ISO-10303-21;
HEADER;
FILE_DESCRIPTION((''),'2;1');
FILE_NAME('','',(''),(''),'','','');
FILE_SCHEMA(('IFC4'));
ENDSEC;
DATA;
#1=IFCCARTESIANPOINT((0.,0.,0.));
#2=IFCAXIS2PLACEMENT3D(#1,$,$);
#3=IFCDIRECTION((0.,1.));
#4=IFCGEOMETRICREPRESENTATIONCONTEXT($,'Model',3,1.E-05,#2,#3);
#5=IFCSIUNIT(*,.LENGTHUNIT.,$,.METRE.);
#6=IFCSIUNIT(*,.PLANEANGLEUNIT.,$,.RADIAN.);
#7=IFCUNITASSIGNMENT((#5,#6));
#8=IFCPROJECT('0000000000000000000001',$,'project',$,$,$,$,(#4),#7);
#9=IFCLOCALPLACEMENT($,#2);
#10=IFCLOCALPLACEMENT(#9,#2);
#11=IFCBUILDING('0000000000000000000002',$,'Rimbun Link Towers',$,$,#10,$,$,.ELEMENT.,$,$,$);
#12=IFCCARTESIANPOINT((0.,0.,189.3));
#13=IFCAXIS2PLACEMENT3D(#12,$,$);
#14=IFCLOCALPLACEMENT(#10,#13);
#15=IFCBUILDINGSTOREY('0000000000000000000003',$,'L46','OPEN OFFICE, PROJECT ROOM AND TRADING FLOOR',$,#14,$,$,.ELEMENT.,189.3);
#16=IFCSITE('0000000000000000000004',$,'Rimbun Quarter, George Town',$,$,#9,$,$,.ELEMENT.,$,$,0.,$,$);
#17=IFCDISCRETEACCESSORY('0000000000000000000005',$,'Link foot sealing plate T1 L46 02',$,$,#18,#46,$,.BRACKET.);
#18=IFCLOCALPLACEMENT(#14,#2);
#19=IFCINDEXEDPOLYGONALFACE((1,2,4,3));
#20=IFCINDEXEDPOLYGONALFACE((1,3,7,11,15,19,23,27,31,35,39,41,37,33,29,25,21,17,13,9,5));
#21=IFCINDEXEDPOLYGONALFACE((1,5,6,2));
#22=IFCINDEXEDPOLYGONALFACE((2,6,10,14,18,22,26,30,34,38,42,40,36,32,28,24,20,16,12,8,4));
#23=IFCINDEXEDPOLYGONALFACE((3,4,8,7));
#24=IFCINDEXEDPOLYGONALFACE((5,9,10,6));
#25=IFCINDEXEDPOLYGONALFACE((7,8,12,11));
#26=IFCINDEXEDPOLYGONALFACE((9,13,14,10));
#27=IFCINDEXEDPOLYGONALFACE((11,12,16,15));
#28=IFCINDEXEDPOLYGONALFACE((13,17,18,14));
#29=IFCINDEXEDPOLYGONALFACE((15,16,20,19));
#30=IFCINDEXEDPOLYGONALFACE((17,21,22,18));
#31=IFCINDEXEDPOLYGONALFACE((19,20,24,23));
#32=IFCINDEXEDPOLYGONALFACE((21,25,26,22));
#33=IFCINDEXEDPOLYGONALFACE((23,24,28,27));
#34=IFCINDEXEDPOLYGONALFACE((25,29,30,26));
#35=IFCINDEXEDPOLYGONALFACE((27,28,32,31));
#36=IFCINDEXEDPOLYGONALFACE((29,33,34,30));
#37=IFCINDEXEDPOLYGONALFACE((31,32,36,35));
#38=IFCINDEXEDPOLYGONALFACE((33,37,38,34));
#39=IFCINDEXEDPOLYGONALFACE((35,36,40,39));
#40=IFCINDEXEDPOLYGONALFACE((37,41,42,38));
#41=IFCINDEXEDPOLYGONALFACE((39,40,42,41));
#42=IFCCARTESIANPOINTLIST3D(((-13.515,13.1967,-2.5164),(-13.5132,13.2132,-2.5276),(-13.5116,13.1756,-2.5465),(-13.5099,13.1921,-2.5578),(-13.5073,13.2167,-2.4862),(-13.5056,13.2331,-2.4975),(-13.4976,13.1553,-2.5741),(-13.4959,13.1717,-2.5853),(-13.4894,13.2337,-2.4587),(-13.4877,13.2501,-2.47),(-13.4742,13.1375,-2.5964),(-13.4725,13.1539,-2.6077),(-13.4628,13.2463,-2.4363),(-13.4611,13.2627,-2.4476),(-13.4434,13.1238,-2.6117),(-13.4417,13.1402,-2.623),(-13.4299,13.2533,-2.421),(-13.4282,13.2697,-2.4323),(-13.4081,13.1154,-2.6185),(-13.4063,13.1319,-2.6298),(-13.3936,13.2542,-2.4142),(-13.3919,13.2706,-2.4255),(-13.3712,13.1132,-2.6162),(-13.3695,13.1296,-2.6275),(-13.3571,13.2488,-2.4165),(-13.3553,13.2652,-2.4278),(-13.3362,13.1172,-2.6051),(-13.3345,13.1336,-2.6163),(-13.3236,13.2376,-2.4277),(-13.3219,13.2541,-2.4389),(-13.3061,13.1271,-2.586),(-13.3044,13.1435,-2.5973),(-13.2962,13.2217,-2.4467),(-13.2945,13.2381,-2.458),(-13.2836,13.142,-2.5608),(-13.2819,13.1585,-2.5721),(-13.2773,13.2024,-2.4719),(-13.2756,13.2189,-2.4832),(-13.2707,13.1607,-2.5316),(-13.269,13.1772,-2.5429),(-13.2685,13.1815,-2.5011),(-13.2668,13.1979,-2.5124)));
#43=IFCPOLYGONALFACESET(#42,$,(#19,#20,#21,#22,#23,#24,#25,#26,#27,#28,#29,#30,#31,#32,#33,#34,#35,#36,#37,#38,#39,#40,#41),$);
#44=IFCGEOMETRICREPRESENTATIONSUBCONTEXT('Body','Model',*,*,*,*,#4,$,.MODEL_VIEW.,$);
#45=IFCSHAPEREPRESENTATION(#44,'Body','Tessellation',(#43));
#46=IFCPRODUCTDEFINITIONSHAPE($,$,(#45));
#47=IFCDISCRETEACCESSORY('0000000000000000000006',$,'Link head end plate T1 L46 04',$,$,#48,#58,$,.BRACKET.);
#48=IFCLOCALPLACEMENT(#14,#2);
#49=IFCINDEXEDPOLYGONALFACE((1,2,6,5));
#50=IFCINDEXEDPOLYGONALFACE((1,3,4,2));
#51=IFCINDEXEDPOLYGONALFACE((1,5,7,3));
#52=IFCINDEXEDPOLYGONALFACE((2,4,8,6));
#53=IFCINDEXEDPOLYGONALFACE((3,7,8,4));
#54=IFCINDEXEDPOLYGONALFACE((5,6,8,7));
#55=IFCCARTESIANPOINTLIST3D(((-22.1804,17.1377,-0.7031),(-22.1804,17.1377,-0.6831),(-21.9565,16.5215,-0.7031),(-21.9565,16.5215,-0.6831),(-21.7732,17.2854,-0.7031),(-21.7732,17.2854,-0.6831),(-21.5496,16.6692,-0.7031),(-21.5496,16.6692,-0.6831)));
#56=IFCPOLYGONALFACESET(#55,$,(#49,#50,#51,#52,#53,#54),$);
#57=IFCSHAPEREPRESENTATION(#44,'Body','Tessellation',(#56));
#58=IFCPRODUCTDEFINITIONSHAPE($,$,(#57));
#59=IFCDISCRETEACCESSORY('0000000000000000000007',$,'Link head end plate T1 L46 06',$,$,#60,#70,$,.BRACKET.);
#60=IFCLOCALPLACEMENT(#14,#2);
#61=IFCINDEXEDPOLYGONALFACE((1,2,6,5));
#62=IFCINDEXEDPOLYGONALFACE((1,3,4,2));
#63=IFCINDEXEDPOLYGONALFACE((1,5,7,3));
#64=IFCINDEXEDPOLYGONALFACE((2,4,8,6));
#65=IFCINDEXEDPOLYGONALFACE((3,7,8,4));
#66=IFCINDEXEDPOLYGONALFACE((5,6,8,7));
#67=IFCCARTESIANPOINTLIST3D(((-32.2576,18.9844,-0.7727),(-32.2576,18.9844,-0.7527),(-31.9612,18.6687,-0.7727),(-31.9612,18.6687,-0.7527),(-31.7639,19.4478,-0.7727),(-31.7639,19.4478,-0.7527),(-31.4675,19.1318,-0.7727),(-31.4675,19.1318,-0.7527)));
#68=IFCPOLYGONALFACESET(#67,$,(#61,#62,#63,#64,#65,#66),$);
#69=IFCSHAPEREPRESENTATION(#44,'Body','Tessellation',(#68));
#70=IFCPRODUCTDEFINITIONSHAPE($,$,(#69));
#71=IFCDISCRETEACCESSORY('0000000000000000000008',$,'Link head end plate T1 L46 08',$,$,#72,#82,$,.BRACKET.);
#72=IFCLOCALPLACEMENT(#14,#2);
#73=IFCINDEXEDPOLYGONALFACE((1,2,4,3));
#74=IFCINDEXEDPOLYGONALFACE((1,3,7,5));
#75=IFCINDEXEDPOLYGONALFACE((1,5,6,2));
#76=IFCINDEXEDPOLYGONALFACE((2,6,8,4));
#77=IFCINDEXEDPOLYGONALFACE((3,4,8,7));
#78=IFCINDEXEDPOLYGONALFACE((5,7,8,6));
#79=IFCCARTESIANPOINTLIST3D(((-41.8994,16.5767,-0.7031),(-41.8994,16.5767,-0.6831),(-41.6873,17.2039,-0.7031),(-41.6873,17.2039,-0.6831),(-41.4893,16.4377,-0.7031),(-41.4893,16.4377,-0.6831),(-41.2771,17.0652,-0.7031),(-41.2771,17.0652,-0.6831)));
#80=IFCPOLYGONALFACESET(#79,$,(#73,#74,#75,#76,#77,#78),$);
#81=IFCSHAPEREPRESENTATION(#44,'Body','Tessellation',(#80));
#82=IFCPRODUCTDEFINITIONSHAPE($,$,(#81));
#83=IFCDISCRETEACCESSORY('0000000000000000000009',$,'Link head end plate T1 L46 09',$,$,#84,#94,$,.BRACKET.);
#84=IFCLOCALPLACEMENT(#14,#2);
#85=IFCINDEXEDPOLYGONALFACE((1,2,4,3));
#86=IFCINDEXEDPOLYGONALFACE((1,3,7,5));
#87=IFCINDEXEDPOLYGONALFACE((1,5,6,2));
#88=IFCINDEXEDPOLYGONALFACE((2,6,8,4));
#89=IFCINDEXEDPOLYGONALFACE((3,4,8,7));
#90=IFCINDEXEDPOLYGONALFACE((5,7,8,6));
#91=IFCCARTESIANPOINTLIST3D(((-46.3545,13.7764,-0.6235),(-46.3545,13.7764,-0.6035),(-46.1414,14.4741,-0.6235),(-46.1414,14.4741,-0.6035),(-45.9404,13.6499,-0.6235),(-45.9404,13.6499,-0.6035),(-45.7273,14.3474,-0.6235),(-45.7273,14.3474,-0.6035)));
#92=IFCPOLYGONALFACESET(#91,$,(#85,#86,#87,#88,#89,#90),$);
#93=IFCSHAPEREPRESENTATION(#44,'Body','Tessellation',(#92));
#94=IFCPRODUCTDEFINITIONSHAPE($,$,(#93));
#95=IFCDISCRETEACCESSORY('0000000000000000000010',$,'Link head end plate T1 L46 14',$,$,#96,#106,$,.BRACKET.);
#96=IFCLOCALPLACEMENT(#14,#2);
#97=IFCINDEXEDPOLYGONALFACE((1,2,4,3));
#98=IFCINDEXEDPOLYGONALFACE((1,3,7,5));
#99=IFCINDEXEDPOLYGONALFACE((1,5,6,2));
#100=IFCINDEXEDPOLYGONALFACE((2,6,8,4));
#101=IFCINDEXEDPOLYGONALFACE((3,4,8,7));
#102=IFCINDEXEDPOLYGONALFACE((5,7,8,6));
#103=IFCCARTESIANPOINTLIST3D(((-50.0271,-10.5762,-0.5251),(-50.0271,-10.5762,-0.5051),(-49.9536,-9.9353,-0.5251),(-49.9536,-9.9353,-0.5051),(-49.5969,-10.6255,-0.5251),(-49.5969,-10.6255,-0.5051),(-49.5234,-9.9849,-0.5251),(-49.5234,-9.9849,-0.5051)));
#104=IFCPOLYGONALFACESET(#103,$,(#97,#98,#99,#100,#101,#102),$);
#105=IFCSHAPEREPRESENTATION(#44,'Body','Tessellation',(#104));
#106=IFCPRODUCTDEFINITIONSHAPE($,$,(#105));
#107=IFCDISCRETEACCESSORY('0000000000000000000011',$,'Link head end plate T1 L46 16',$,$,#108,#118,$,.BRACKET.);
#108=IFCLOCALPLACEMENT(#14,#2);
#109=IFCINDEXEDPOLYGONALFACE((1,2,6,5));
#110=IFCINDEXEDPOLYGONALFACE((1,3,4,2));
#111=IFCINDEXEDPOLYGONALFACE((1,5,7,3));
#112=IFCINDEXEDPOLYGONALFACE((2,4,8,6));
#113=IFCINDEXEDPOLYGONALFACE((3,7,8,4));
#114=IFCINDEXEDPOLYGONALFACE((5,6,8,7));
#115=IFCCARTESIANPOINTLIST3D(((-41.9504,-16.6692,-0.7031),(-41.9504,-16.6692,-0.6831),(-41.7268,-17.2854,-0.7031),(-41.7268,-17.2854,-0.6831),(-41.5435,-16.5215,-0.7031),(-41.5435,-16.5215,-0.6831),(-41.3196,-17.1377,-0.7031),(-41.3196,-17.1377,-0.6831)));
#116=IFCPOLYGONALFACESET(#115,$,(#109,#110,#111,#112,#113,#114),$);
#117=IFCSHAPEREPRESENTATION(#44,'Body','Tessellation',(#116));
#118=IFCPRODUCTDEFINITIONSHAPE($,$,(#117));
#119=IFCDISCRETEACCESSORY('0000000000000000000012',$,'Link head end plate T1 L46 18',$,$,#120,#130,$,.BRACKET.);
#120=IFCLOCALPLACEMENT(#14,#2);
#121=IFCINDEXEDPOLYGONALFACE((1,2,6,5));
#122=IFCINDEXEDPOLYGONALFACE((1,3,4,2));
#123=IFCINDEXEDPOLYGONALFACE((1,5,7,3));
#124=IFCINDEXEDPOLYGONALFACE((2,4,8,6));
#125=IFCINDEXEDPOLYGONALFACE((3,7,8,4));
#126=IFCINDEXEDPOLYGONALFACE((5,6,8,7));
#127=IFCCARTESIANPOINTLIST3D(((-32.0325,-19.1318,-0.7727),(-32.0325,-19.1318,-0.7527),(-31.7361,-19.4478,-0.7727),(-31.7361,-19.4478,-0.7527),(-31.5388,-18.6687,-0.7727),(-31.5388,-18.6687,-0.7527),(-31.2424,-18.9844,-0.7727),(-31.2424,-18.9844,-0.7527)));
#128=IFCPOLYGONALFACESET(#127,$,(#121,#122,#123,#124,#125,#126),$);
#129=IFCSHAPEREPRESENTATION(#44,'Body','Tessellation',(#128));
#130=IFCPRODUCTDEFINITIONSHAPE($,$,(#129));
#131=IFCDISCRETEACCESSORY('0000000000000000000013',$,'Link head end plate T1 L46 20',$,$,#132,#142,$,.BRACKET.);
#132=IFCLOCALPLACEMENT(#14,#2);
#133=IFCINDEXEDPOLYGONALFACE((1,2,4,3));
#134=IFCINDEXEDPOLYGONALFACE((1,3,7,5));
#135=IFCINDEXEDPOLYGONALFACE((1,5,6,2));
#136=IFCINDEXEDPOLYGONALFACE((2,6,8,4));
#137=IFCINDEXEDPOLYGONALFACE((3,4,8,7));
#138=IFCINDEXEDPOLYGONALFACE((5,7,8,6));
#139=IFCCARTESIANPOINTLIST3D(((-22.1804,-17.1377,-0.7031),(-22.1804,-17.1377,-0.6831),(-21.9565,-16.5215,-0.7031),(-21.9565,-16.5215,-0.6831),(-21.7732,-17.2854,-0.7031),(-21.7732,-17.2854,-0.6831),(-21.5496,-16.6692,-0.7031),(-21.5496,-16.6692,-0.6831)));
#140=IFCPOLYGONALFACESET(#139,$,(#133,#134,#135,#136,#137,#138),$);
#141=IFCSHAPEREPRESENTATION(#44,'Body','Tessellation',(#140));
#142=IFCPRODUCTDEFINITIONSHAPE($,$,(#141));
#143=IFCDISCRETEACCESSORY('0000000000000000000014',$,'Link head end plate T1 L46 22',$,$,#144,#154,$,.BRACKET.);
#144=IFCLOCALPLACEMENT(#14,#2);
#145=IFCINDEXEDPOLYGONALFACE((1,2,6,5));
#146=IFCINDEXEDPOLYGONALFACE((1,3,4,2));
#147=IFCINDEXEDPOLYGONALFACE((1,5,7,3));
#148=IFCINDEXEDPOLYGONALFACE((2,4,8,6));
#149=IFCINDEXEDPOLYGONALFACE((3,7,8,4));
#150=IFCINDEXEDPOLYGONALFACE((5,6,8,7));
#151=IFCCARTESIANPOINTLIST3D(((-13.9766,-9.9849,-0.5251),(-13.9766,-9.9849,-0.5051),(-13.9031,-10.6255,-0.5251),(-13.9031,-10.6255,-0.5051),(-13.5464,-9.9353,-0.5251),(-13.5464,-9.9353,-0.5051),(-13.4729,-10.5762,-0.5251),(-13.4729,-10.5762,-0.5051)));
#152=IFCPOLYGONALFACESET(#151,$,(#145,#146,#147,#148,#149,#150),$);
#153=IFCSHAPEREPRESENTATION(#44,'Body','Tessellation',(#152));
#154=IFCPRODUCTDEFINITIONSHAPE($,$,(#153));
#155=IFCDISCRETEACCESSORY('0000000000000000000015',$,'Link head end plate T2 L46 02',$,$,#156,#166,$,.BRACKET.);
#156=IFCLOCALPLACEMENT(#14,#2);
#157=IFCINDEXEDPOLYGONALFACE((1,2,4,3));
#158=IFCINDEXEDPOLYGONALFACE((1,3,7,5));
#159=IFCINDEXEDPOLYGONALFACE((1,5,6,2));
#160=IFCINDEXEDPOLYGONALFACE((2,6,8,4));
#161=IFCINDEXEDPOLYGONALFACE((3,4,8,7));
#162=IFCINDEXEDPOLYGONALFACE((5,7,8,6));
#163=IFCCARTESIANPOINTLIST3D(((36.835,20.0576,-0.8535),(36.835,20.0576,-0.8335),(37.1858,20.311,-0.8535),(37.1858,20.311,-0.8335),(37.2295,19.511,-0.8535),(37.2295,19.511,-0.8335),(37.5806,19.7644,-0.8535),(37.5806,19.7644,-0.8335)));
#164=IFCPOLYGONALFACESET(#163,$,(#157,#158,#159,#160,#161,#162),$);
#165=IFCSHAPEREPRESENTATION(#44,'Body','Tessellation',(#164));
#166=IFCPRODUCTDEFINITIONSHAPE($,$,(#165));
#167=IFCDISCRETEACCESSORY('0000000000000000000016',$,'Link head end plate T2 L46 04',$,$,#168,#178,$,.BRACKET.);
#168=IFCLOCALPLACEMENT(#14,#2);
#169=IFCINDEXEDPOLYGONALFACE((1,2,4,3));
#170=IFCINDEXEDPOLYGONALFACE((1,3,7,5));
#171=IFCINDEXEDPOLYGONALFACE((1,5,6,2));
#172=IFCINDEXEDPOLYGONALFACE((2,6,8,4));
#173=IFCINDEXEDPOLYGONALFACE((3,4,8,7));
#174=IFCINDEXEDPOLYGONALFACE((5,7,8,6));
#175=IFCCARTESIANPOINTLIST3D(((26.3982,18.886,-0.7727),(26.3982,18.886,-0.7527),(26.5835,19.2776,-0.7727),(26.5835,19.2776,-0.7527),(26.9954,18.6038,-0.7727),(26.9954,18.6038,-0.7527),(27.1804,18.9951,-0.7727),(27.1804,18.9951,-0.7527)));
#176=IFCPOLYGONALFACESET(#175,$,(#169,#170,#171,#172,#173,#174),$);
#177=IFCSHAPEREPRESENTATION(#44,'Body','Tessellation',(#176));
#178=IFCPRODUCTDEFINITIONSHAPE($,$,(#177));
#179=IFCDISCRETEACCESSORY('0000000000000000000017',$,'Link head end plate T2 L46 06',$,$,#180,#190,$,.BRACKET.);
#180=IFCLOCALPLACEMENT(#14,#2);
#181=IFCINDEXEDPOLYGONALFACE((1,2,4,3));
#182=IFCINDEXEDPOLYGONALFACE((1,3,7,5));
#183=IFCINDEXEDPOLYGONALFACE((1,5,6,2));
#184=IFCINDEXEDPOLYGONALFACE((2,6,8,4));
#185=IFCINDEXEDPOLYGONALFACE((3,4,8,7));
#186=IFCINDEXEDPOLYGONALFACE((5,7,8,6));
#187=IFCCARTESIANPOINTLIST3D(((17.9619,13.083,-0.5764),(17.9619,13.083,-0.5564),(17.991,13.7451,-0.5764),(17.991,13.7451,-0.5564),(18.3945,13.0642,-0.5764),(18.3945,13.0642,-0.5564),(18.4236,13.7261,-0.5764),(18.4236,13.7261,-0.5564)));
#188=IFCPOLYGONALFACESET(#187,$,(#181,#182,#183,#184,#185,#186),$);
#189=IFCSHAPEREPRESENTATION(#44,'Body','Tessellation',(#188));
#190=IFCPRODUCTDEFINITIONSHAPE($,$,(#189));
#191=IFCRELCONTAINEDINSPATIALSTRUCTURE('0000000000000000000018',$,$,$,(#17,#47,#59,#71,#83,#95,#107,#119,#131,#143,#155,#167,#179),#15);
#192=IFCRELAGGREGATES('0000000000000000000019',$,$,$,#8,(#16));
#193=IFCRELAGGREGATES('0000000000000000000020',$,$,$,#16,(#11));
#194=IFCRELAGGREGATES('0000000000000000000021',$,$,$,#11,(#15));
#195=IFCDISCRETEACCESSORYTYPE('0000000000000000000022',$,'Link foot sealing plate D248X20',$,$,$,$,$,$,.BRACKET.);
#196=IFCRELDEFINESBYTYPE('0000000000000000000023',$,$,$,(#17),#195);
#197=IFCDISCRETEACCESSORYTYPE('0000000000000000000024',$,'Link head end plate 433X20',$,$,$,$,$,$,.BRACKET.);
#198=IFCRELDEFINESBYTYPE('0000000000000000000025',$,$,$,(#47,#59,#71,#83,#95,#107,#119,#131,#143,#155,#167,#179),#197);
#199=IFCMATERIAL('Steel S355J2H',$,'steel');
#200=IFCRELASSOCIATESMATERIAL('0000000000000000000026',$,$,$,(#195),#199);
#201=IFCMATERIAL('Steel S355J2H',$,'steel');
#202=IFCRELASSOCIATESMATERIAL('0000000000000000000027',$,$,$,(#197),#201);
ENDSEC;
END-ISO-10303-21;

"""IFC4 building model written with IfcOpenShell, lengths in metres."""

from ifc_helpers import new_model, si_unit, direction, frame, origin, origin_2d, place, context, subcontext, project, spatial, polyline, rectangle, circle, outline, extrude, material, material_profile, profile_set, type_object, element, save


model = new_model("IFC4")

# Units and contexts
model_context = context("Model", 3, precision=1e-05, world=origin(), true_north=direction((0.0, 1.0)))
body_context = subcontext(model_context, "Body", "Model", "MODEL_VIEW")
ifc_project = project(units=[si_unit("LENGTHUNIT", "METRE"), si_unit("PLANEANGLEUNIT", "RADIAN")], contexts=[model_context])

# Site, building, storey
site_placement = place(None, origin())
site = spatial("IfcSite", under=ifc_project, at=site_placement, Name="Rimbun Quarter, George Town", CompositionType="ELEMENT", RefElevation=0.0)
building_placement = place(site_placement, origin())
building = spatial("IfcBuilding", under=site, at=building_placement, Name="Rimbun Link Towers", CompositionType="ELEMENT")
storey_placement = place(building_placement, frame((0.0, 0.0, 189.3)))
storey = spatial("IfcBuildingStorey", under=building, at=storey_placement, Name="L46", Description="OPEN OFFICE, PROJECT ROOM AND TRADING FLOOR", CompositionType="ELEMENT", Elevation=189.3)

# Discrete accessories
ifc_material_1 = material(Name="Steel S355J2H", Category="steel")
ifc_material_profile_1 = material_profile(ifc_material_1, circle(Radius=0.124, at=origin_2d()), Name="PL D248")
ifc_profile_set_1 = profile_set([ifc_material_profile_1], Name="Steel S355J2H")
discrete_accessory_type_1 = type_object("IfcDiscreteAccessoryType", Name="Link foot sealing plate D248X20", PredefinedType="BRACKET", material=ifc_profile_set_1)
discrete_accessory_1_placement = place(storey_placement, frame((-13.3916, 13.1838, -2.5164), z_axis=(0.085814, 0.82136, -0.563919), x_axis=(-0.994586, 0.103912, 0.0)))
element("IfcDiscreteAccessory", 1, at=discrete_accessory_1_placement, inside=storey, type_object=discrete_accessory_type_1, Name="Link foot sealing plate T1 L46 02", PredefinedType="BRACKET", context=body_context, shape_type="SweptSolid", body=[
    extrude(circle(Radius=0.124, at=origin_2d()), origin(), (0.0, 0.0, 1.0), 0.02),
])
ifc_material_2 = material(Name="Steel S355J2H", Category="steel")
ifc_material_profile_2 = material_profile(ifc_material_2, rectangle(XDim=0.4331, YDim=0.4331, at=origin_2d()), Name="PL 433x433")
ifc_profile_set_2 = profile_set([ifc_material_profile_2], Name="Steel S355J2H")
discrete_accessory_type_2 = type_object("IfcDiscreteAccessoryType", Name="Link head end plate 433X20", PredefinedType="BRACKET", material=ifc_profile_set_2)
discrete_accessory_2_placement = place(storey_placement, frame((0.0, 0.0, -0.7031)))
element("IfcDiscreteAccessory", 2, at=discrete_accessory_2_placement, inside=storey, type_object=discrete_accessory_type_2, Name="Link head end plate T1 L46 04", PredefinedType="BRACKET", context=body_context, shape_type="SweptSolid", body=[
    extrude(outline(polyline([(-21.5496, 16.6692), (-21.7732, 17.2854), (-22.1804, 17.1377), (-21.9565, 16.5215), (-21.5496, 16.6692)])), origin(), (0.0, 0.0, 1.0), 0.02),
])
discrete_accessory_3_placement = place(storey_placement, frame((0.0, 0.0, -0.7727)))
element("IfcDiscreteAccessory", 3, at=discrete_accessory_3_placement, inside=storey, type_object=discrete_accessory_type_2, Name="Link head end plate T1 L46 06", PredefinedType="BRACKET", context=body_context, shape_type="SweptSolid", body=[
    extrude(outline(polyline([(-31.9612, 18.6687), (-31.4675, 19.1318), (-31.7639, 19.4478), (-32.2576, 18.9844), (-31.9612, 18.6687)])), origin(), (0.0, 0.0, 1.0), 0.02),
])
discrete_accessory_4_placement = place(storey_placement, frame((0.0, 0.0, -0.7031)))
element("IfcDiscreteAccessory", 4, at=discrete_accessory_4_placement, inside=storey, type_object=discrete_accessory_type_2, Name="Link head end plate T1 L46 08", PredefinedType="BRACKET", context=body_context, shape_type="SweptSolid", body=[
    extrude(outline(polyline([(-41.4893, 16.4377), (-41.2771, 17.0652), (-41.6873, 17.2039), (-41.8994, 16.5767), (-41.4893, 16.4377)])), origin(), (0.0, 0.0, 1.0), 0.02),
])
discrete_accessory_5_placement = place(storey_placement, frame((0.0, 0.0, -0.6235)))
element("IfcDiscreteAccessory", 5, at=discrete_accessory_5_placement, inside=storey, type_object=discrete_accessory_type_2, Name="Link head end plate T1 L46 09", PredefinedType="BRACKET", context=body_context, shape_type="SweptSolid", body=[
    extrude(outline(polyline([(-45.9404, 13.6499), (-45.7273, 14.3474), (-46.1414, 14.4741), (-46.3545, 13.7764), (-45.9404, 13.6499)])), origin(), (0.0, 0.0, 1.0), 0.02),
])
discrete_accessory_6_placement = place(storey_placement, frame((0.0, 0.0, -0.5251)))
element("IfcDiscreteAccessory", 6, at=discrete_accessory_6_placement, inside=storey, type_object=discrete_accessory_type_2, Name="Link head end plate T1 L46 14", PredefinedType="BRACKET", context=body_context, shape_type="SweptSolid", body=[
    extrude(outline(polyline([(-49.9536, -9.9353), (-50.0271, -10.5762), (-49.5969, -10.6255), (-49.5234, -9.9849), (-49.9536, -9.9353)])), origin(), (0.0, 0.0, 1.0), 0.02),
])
discrete_accessory_7_placement = place(storey_placement, frame((0.0, 0.0, -0.7031)))
element("IfcDiscreteAccessory", 7, at=discrete_accessory_7_placement, inside=storey, type_object=discrete_accessory_type_2, Name="Link head end plate T1 L46 16", PredefinedType="BRACKET", context=body_context, shape_type="SweptSolid", body=[
    extrude(outline(polyline([(-41.9504, -16.6692), (-41.7268, -17.2854), (-41.3196, -17.1377), (-41.5435, -16.5215), (-41.9504, -16.6692)])), origin(), (0.0, 0.0, 1.0), 0.02),
])
discrete_accessory_8_placement = place(storey_placement, frame((0.0, 0.0, -0.7727)))
element("IfcDiscreteAccessory", 8, at=discrete_accessory_8_placement, inside=storey, type_object=discrete_accessory_type_2, Name="Link head end plate T1 L46 18", PredefinedType="BRACKET", context=body_context, shape_type="SweptSolid", body=[
    extrude(outline(polyline([(-31.5388, -18.6687), (-32.0325, -19.1318), (-31.7361, -19.4478), (-31.2424, -18.9844), (-31.5388, -18.6687)])), origin(), (0.0, 0.0, 1.0), 0.02),
])
discrete_accessory_9_placement = place(storey_placement, frame((0.0, 0.0, -0.7031)))
element("IfcDiscreteAccessory", 9, at=discrete_accessory_9_placement, inside=storey, type_object=discrete_accessory_type_2, Name="Link head end plate T1 L46 20", PredefinedType="BRACKET", context=body_context, shape_type="SweptSolid", body=[
    extrude(outline(polyline([(-21.9565, -16.5215), (-22.1804, -17.1377), (-21.7732, -17.2854), (-21.5496, -16.6692), (-21.9565, -16.5215)])), origin(), (0.0, 0.0, 1.0), 0.02),
])
discrete_accessory_10_placement = place(storey_placement, frame((0.0, 0.0, -0.5251)))
element("IfcDiscreteAccessory", 10, at=discrete_accessory_10_placement, inside=storey, type_object=discrete_accessory_type_2, Name="Link head end plate T1 L46 22", PredefinedType="BRACKET", context=body_context, shape_type="SweptSolid", body=[
    extrude(outline(polyline([(-13.9766, -9.9849), (-13.9031, -10.6255), (-13.4729, -10.5762), (-13.5464, -9.9353), (-13.9766, -9.9849)])), origin(), (0.0, 0.0, 1.0), 0.02),
])
discrete_accessory_11_placement = place(storey_placement, frame((0.0, 0.0, -0.8535)))
element("IfcDiscreteAccessory", 11, at=discrete_accessory_11_placement, inside=storey, type_object=discrete_accessory_type_2, Name="Link head end plate T2 L46 02", PredefinedType="BRACKET", context=body_context, shape_type="SweptSolid", body=[
    extrude(outline(polyline([(37.5806, 19.7644), (37.1858, 20.311), (36.835, 20.0576), (37.2295, 19.511), (37.5806, 19.7644)])), origin(), (0.0, 0.0, 1.0), 0.02),
])
discrete_accessory_12_placement = place(storey_placement, frame((0.0, 0.0, -0.7727)))
element("IfcDiscreteAccessory", 12, at=discrete_accessory_12_placement, inside=storey, type_object=discrete_accessory_type_2, Name="Link head end plate T2 L46 04", PredefinedType="BRACKET", context=body_context, shape_type="SweptSolid", body=[
    extrude(outline(polyline([(27.1804, 18.9951), (26.5835, 19.2776), (26.3982, 18.886), (26.9954, 18.6038), (27.1804, 18.9951)])), origin(), (0.0, 0.0, 1.0), 0.02),
])
discrete_accessory_13_placement = place(storey_placement, frame((0.0, 0.0, -0.5764)))
element("IfcDiscreteAccessory", 13, at=discrete_accessory_13_placement, inside=storey, type_object=discrete_accessory_type_2, Name="Link head end plate T2 L46 06", PredefinedType="BRACKET", context=body_context, shape_type="SweptSolid", body=[
    extrude(outline(polyline([(18.3945, 13.0642), (18.4236, 13.7261), (17.991, 13.7451), (17.9619, 13.083), (18.3945, 13.0642)])), origin(), (0.0, 0.0, 1.0), 0.02),
])

save(model, "model.ifc")
